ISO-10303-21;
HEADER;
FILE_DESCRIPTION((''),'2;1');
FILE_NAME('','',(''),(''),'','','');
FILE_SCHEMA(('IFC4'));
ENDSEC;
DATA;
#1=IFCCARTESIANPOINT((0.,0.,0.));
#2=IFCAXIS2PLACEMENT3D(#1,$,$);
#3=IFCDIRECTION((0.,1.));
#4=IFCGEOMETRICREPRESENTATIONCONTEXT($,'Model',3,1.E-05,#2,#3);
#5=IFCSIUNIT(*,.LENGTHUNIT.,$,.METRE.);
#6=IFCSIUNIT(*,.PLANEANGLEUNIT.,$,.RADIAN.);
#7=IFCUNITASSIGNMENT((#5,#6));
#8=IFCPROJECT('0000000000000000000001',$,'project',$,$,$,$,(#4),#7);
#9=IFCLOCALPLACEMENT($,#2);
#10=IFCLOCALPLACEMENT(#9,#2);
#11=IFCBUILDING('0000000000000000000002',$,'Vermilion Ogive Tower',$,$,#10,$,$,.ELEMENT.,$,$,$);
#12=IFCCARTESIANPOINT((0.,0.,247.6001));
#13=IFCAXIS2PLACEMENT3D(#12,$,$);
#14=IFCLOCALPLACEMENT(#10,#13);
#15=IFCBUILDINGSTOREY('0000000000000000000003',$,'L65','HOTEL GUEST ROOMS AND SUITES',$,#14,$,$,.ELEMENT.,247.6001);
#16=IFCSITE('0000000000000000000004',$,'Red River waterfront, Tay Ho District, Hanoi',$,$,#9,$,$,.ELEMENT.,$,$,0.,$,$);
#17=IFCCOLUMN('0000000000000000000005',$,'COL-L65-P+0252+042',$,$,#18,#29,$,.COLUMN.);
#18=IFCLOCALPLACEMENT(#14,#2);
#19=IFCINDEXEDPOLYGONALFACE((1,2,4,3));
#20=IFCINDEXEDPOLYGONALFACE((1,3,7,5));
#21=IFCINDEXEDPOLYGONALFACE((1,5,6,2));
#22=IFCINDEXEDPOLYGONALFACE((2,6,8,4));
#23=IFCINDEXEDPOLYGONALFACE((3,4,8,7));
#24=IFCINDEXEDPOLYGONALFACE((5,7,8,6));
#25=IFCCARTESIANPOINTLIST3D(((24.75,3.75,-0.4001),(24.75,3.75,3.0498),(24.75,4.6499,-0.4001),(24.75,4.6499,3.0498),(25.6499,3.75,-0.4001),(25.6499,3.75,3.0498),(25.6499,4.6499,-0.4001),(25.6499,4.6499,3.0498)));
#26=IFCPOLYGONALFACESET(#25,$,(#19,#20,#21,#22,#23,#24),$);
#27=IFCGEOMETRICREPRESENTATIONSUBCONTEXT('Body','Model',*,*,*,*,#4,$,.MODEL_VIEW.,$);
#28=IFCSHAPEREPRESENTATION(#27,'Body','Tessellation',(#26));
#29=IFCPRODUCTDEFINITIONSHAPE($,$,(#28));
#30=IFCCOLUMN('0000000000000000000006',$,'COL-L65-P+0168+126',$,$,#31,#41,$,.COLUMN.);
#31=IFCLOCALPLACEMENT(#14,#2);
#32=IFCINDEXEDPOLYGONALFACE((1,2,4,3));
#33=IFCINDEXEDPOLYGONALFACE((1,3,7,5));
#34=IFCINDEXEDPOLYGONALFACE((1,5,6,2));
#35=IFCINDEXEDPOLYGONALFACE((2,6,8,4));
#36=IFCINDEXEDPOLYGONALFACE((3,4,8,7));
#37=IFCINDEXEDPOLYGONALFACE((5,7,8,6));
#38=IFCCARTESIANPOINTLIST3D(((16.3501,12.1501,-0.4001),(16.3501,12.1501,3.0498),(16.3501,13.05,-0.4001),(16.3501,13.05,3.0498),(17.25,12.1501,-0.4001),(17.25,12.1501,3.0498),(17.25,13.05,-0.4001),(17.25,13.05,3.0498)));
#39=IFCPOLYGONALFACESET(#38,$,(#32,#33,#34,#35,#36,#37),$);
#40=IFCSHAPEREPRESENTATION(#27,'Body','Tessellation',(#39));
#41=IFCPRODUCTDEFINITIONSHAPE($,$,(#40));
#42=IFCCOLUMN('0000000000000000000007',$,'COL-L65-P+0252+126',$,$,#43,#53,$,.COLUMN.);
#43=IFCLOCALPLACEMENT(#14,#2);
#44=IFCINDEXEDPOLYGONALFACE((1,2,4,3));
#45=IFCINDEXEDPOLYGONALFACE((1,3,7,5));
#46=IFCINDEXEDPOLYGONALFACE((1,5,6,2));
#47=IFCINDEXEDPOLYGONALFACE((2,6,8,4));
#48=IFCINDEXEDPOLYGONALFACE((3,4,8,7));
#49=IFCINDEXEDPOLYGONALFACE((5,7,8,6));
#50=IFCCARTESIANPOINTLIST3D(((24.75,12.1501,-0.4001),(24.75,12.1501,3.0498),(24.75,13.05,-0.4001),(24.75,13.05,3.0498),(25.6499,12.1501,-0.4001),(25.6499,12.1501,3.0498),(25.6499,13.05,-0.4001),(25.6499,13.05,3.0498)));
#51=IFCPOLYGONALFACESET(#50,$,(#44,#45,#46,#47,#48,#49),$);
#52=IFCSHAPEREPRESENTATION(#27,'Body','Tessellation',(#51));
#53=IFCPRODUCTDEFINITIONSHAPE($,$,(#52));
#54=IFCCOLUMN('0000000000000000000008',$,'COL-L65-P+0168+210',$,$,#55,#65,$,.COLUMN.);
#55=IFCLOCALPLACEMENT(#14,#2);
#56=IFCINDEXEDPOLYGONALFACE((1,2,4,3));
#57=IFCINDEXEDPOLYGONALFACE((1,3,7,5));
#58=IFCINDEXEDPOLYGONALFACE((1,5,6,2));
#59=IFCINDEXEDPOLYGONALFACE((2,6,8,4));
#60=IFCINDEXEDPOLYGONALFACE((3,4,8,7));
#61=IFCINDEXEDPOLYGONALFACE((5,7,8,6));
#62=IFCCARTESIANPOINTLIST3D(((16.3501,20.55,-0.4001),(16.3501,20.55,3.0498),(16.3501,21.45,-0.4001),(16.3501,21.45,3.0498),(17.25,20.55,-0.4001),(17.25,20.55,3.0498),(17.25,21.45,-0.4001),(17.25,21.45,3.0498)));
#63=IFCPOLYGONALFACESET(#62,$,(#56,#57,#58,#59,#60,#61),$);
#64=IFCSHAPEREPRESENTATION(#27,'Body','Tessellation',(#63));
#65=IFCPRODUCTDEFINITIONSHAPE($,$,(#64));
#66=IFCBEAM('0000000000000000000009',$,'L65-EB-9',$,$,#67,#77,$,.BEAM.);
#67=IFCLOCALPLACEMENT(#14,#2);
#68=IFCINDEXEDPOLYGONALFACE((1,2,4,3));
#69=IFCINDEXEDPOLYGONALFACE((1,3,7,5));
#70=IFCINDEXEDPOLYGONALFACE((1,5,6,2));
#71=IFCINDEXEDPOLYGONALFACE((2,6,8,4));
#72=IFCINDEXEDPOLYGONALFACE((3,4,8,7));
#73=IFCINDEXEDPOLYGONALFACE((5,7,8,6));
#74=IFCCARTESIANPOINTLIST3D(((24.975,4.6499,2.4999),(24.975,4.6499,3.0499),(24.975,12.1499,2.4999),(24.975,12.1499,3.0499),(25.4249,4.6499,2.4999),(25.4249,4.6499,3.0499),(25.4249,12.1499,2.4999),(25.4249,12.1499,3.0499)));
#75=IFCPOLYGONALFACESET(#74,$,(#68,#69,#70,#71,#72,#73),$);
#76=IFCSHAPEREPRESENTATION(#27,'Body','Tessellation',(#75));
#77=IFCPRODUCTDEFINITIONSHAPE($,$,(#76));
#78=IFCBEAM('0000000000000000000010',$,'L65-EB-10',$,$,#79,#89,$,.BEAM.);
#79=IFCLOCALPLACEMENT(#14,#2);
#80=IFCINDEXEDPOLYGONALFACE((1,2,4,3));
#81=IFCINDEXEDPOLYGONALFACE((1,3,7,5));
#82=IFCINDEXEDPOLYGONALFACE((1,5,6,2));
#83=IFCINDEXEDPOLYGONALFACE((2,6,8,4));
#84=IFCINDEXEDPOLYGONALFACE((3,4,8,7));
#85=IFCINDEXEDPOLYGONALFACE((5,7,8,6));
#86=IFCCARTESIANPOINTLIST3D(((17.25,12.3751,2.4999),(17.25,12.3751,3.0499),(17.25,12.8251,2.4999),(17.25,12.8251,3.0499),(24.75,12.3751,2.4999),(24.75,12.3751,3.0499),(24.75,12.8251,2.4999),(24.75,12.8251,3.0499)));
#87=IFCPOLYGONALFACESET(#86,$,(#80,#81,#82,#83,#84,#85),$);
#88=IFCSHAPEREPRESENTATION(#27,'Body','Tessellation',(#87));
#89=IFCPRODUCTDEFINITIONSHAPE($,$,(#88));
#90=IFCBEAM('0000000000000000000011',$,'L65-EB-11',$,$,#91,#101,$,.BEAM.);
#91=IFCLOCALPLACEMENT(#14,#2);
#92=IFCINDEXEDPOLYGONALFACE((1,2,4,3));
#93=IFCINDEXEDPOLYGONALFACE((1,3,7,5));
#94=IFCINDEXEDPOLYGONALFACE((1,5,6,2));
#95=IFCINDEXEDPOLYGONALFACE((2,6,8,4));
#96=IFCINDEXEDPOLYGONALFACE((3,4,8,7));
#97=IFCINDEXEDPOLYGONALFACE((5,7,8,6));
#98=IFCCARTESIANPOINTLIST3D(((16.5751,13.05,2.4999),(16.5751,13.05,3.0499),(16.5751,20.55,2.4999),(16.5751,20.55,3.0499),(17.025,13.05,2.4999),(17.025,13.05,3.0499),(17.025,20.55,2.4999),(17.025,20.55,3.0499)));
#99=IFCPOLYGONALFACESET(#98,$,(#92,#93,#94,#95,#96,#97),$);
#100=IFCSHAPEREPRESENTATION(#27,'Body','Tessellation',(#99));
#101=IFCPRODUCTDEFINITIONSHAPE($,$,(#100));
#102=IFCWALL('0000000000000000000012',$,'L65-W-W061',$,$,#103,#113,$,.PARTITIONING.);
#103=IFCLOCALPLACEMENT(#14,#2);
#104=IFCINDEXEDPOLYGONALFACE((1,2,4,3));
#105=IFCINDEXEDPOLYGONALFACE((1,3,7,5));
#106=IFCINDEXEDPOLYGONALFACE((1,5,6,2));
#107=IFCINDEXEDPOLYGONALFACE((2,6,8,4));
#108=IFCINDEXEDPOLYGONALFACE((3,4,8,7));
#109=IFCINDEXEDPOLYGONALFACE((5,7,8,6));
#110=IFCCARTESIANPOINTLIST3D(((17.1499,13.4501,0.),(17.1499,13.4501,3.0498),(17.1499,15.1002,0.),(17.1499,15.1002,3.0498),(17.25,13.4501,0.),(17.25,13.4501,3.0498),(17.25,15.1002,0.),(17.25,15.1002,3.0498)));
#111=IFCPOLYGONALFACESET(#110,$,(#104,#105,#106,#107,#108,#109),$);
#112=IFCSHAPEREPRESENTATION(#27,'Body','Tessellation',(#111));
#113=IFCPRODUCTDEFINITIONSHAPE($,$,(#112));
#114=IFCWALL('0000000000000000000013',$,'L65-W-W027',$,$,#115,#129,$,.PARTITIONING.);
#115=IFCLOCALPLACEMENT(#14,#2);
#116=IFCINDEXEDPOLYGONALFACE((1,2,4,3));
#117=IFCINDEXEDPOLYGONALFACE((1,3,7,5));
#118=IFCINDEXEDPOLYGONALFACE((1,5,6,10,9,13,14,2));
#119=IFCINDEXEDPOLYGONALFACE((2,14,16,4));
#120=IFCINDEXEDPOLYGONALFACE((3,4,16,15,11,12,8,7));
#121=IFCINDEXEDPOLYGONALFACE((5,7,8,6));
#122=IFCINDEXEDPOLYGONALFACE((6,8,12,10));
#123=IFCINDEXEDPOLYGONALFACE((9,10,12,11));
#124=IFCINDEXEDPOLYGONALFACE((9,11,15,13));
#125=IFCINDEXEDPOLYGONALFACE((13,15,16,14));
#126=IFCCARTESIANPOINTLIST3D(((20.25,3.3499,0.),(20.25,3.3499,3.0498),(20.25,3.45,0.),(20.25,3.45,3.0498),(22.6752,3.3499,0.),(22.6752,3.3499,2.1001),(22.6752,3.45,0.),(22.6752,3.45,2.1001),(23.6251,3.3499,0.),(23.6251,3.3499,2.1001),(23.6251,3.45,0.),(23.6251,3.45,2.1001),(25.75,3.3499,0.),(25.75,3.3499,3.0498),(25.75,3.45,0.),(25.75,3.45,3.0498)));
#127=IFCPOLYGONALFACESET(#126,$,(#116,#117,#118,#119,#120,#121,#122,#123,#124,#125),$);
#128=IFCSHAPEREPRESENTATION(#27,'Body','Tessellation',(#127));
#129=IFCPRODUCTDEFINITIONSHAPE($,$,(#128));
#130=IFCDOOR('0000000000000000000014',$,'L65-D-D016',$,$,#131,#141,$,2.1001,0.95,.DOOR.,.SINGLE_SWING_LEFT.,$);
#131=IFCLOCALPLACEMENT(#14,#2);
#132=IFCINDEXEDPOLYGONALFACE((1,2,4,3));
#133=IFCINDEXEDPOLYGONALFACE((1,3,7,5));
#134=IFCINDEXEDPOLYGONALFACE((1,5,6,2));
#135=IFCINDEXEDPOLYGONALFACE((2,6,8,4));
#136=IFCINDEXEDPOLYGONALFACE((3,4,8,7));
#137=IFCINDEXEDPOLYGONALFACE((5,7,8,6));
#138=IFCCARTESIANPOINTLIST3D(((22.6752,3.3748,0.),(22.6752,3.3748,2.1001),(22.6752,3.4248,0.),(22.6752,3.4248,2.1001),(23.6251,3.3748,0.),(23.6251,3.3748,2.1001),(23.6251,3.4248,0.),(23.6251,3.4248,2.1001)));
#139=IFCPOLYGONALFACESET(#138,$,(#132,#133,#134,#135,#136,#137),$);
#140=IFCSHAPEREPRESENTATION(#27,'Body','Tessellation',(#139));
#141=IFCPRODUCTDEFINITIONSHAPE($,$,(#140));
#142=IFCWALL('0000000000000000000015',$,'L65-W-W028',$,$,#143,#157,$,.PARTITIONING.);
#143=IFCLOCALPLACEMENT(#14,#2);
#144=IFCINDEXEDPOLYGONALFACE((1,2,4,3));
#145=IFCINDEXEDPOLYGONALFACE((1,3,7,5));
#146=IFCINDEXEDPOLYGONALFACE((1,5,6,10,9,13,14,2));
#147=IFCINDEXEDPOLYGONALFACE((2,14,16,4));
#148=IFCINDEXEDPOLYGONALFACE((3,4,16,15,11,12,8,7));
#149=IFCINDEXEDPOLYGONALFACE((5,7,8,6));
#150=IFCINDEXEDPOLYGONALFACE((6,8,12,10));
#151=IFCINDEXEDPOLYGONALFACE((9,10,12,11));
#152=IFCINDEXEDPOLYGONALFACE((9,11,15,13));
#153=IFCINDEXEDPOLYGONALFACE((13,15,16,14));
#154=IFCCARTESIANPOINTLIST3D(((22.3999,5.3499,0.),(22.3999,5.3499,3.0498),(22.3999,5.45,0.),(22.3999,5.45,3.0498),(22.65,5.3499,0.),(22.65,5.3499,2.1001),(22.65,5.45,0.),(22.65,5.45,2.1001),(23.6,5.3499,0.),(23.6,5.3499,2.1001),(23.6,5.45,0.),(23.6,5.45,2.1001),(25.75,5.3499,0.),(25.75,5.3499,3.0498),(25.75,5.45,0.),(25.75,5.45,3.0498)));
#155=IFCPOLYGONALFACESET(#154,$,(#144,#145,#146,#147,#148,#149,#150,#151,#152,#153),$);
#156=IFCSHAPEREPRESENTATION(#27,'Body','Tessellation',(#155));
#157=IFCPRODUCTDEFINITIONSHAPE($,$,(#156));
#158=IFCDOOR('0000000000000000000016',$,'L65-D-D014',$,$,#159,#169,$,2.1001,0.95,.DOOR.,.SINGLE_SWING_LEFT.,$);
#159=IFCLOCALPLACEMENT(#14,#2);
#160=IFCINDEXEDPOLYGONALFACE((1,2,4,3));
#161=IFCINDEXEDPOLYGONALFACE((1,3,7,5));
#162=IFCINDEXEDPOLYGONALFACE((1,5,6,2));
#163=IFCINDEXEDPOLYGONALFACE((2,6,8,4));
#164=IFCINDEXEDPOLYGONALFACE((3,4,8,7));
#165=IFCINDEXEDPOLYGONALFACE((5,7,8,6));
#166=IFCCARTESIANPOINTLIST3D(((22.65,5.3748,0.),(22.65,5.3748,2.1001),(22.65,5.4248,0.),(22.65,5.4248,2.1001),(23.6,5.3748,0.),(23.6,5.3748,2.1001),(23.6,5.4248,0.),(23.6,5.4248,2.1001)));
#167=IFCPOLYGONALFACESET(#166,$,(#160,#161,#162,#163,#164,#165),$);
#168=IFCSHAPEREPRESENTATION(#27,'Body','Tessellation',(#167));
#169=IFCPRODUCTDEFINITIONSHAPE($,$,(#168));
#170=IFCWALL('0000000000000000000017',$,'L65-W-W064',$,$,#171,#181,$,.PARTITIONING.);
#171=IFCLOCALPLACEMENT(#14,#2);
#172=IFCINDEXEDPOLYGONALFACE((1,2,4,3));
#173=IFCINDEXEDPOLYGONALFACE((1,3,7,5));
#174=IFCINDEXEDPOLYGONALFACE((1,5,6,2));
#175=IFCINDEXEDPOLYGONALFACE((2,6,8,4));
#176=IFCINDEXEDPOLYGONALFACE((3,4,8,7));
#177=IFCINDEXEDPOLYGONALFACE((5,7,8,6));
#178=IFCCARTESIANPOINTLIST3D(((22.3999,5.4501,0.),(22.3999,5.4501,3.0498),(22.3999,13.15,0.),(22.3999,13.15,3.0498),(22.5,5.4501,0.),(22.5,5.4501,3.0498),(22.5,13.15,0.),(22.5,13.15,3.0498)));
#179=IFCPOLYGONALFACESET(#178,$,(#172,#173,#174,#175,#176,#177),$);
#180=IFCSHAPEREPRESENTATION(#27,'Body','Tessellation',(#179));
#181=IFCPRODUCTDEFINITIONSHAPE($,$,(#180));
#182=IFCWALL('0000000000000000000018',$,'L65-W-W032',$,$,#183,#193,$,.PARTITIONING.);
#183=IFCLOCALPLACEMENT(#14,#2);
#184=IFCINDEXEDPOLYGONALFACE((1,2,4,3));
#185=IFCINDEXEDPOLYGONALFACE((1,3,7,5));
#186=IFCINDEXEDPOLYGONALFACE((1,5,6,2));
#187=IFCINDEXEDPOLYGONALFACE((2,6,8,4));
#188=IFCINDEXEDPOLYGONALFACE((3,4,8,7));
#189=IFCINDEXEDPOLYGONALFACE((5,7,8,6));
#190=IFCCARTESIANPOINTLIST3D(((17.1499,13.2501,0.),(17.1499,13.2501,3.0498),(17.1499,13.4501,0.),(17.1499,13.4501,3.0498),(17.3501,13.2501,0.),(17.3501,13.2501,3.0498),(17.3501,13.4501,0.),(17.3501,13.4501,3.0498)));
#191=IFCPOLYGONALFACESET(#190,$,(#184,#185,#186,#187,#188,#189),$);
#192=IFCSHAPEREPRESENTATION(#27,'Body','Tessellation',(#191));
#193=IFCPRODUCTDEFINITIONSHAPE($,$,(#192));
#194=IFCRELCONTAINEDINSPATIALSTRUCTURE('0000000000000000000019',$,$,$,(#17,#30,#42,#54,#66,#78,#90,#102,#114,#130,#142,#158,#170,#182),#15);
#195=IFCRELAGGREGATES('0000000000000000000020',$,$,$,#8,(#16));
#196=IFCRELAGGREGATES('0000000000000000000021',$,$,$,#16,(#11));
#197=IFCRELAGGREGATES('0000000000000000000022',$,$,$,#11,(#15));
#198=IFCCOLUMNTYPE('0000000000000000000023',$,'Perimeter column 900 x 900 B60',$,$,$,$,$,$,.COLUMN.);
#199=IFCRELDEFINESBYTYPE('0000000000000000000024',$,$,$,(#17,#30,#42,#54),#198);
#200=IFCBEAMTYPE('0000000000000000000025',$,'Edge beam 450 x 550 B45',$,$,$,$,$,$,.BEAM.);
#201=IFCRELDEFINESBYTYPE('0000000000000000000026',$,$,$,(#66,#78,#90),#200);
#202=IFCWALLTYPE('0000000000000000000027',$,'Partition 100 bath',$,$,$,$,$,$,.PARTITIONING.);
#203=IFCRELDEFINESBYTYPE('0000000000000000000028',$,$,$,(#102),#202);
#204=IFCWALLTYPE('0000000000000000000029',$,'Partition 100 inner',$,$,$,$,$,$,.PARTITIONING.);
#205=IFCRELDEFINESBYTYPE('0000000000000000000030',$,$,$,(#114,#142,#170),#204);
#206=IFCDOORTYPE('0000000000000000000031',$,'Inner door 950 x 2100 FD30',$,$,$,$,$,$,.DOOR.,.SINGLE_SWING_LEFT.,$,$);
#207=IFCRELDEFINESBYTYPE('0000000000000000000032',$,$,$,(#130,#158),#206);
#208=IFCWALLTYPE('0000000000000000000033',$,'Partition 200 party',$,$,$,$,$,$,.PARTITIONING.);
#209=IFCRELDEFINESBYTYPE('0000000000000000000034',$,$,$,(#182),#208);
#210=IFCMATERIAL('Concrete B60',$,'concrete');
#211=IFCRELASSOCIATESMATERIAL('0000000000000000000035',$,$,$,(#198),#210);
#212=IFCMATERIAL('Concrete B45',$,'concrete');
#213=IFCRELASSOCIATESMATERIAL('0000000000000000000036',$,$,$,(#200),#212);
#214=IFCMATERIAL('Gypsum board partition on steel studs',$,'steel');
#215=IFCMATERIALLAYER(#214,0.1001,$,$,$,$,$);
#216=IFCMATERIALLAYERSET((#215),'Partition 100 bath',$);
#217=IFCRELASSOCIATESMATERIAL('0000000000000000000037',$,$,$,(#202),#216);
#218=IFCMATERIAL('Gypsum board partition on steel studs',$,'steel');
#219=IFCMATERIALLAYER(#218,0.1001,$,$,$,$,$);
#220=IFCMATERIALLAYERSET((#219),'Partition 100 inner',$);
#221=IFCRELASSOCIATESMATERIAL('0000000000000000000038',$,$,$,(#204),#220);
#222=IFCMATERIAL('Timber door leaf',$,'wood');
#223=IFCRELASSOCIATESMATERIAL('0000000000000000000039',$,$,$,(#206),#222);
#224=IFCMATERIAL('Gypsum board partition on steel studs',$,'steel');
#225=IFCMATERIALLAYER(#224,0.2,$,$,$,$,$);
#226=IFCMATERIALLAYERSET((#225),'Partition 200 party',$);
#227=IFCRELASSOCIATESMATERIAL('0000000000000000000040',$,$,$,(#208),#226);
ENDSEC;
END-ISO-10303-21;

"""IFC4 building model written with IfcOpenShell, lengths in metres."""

from ifc_helpers import new_model, si_unit, direction, frame, frame_2d, origin, origin_2d, place, context, subcontext, project, spatial, rectangle, extrude, material, layer, layer_set, material_profile, profile_set, type_object, element, fill, save


model = new_model("IFC4")

# Units and contexts
model_context = context("Model", 3, precision=1e-05, world=origin(), true_north=direction((0.0, 1.0)))
body_context = subcontext(model_context, "Body", "Model", "MODEL_VIEW")
ifc_project = project(units=[si_unit("LENGTHUNIT", "METRE"), si_unit("PLANEANGLEUNIT", "RADIAN")], contexts=[model_context])

# Site, building, storey
site_placement = place(None, origin())
site = spatial("IfcSite", under=ifc_project, at=site_placement, Name="Red River waterfront, Tay Ho District, Hanoi", CompositionType="ELEMENT", RefElevation=0.0)
building_placement = place(site_placement, origin())
building = spatial("IfcBuilding", under=site, at=building_placement, Name="Vermilion Ogive Tower", CompositionType="ELEMENT")
storey_placement = place(building_placement, frame((0.0, 0.0, 247.6001)))
storey = spatial("IfcBuildingStorey", under=building, at=storey_placement, Name="L65", Description="HOTEL GUEST ROOMS AND SUITES", CompositionType="ELEMENT", Elevation=247.6001)

# Columns
ifc_material_1 = material(Name="Concrete B60", Category="concrete")
ifc_material_profile_1 = material_profile(ifc_material_1, rectangle(XDim=0.8999, YDim=0.8999, at=origin_2d()), Name="900 x 900")
ifc_profile_set_1 = profile_set([ifc_material_profile_1], Name="Concrete B60")
column_type = type_object("IfcColumnType", Name="Perimeter column 900 x 900 B60", PredefinedType="COLUMN", material=ifc_profile_set_1)
for number, where, z_axis, x_axis, name in (
    (1, (25.2, 4.2, -0.4001), (0.0, 0.0, 1.0), (1.0, 0.0, 0.0), "COL-L65-P+0252+042"),
    (2, (16.8, 12.6001, -0.4001), (0.0, 0.0, 1.0), (1.0, 0.0, 0.0), "COL-L65-P+0168+126"),
    (3, (25.2, 12.6001, -0.4001), (0.0, 0.0, 1.0), (1.0, 0.0, 0.0), "COL-L65-P+0252+126"),
    (4, (16.8, 21.0, -0.4001), (0.0, 0.0, 1.0), (1.0, 0.0, 0.0), "COL-L65-P+0168+210"),
):
    element("IfcColumn", number, at=place(storey_placement, frame(where, z_axis=z_axis, x_axis=x_axis)), inside=storey, type_object=column_type, Name=name, PredefinedType="COLUMN", context=body_context, shape_type="SweptSolid", body=[
        extrude(rectangle(XDim=0.8999, YDim=0.8999, at=origin_2d()), origin(), (0.0, 0.0, 1.0), 3.45),
    ])

# Beams
ifc_material_2 = material(Name="Concrete B45", Category="concrete")
ifc_material_profile_2 = material_profile(ifc_material_2, rectangle(XDim=0.45, YDim=0.55, at=origin_2d()), Name="450 x 550")
ifc_profile_set_2 = profile_set([ifc_material_profile_2], Name="Concrete B45")
beam_type = type_object("IfcBeamType", Name="Edge beam 450 x 550 B45", PredefinedType="BEAM", material=ifc_profile_set_2)
for number, where, z_axis, x_axis, name in (
    (5, (25.2, 4.6499, 2.7749), (0.0, 1.0, 0.0), (-1.0, 0.0, 0.0), "L65-EB-9"),
    (6, (24.75, 12.6001, 2.7749), (-1.0, 0.0, 0.0), (0.0, -1.0, 0.0), "L65-EB-10"),
    (7, (16.8, 13.05, 2.7749), (0.0, 1.0, 0.0), (-1.0, 0.0, 0.0), "L65-EB-11"),
):
    element("IfcBeam", number, at=place(storey_placement, frame(where, z_axis=z_axis, x_axis=x_axis)), inside=storey, type_object=beam_type, Name=name, PredefinedType="BEAM", context=body_context, shape_type="SweptSolid", body=[
        extrude(rectangle(XDim=0.45, YDim=0.55, at=origin_2d()), origin(), (0.0, 0.0, 1.0), 7.5),
    ])

# Wall
ifc_material_3 = material(Name="Gypsum board partition on steel studs", Category="steel")
ifc_layer_1 = layer(ifc_material_3, 0.1001)
ifc_layer_set_1 = layer_set([ifc_layer_1], Name="Partition 100 bath")
wall_type_1 = type_object("IfcWallType", Name="Partition 100 bath", PredefinedType="PARTITIONING", material=ifc_layer_set_1)
wall_1_placement = place(storey_placement, frame((17.2, 13.45, 0.0), z_axis=(0.0, 0.0, 1.0), x_axis=(0.0, 1.0, 0.0)))
element("IfcWall", 8, at=wall_1_placement, inside=storey, type_object=wall_type_1, Name="L65-W-W061", PredefinedType="PARTITIONING", context=body_context, shape_type="SweptSolid", body=[
    extrude(rectangle(XDim=1.6501, YDim=0.1001, at=frame_2d((0.8252, 0.0))), origin(), (0.0, 0.0, 1.0), 3.0498),
])

# Walls, openings, doors
ifc_material_4 = material(Name="Gypsum board partition on steel studs", Category="steel")
ifc_layer_2 = layer(ifc_material_4, 0.1001)
ifc_layer_set_2 = layer_set([ifc_layer_2], Name="Partition 100 inner")
wall_type_2 = type_object("IfcWallType", Name="Partition 100 inner", PredefinedType="PARTITIONING", material=ifc_layer_set_2)
wall_2_placement = place(storey_placement, frame((20.25, 3.3999, 0.0), z_axis=(0.0, 0.0, 1.0), x_axis=(1.0, 0.0, 0.0)))
wall_2 = element("IfcWall", 9, at=wall_2_placement, inside=storey, type_object=wall_type_2, Name="L65-W-W027", PredefinedType="PARTITIONING", context=body_context, shape_type="SweptSolid", body=[
    extrude(rectangle(XDim=5.5, YDim=0.1001, at=frame_2d((2.75, 0.0))), origin(), (0.0, 0.0, 1.0), 3.0498),
])
opening_1_placement = place(wall_2_placement, frame((2.425, 0.0, 0.0)))
opening_1 = element("IfcOpeningElement", 10, at=opening_1_placement, cuts=wall_2, PredefinedType="OPENING", context=body_context, shape_type="SweptSolid", body=[
    extrude(rectangle(XDim=0.95, YDim=2.1001, at=frame_2d((0.4751, 1.05))), frame((0.0, 0.0601, 0.0), z_axis=(0.0, -1.0, 0.0), x_axis=(1.0, 0.0, 0.0)), (0.0, 0.0, 1.0), 0.1201),
])
ifc_material_5 = material(Name="Timber door leaf", Category="wood")
door_type_1 = type_object("IfcDoorType", Name="Inner door 950 x 2100 FD30", OperationType="SINGLE_SWING_LEFT", PredefinedType="DOOR", material=ifc_material_5)
door_1_placement = place(opening_1_placement, origin())
door_1 = element("IfcDoor", 11, at=door_1_placement, inside=storey, type_object=door_type_1, Name="L65-D-D016", OperationType="SINGLE_SWING_LEFT", OverallHeight=2.1001, OverallWidth=0.95, PredefinedType="DOOR", context=body_context, shape_type="SweptSolid", body=[
    extrude(rectangle(XDim=0.95, YDim=2.1001, at=frame_2d((0.4751, 1.05))), frame((0.0, 0.0249, 0.0), z_axis=(0.0, -1.0, 0.0), x_axis=(1.0, 0.0, 0.0)), (0.0, 0.0, 1.0), 0.05),
])
fill(opening_1, door_1)
wall_3_placement = place(storey_placement, frame((22.3999, 5.3999, 0.0), z_axis=(0.0, 0.0, 1.0), x_axis=(1.0, 0.0, 0.0)))
wall_3 = element("IfcWall", 12, at=wall_3_placement, inside=storey, type_object=wall_type_2, Name="L65-W-W028", PredefinedType="PARTITIONING", context=body_context, shape_type="SweptSolid", body=[
    extrude(rectangle(XDim=3.3501, YDim=0.1001, at=frame_2d((1.675, 0.0))), origin(), (0.0, 0.0, 1.0), 3.0498),
])
opening_2_placement = place(wall_3_placement, frame((0.25, 0.0, 0.0)))
opening_2 = element("IfcOpeningElement", 13, at=opening_2_placement, cuts=wall_3, PredefinedType="OPENING", context=body_context, shape_type="SweptSolid", body=[
    extrude(rectangle(XDim=0.95, YDim=2.1001, at=frame_2d((0.4751, 1.05))), frame((0.0, 0.0601, 0.0), z_axis=(0.0, -1.0, 0.0), x_axis=(1.0, 0.0, 0.0)), (0.0, 0.0, 1.0), 0.1201),
])
door_2_placement = place(opening_2_placement, origin())
door_2 = element("IfcDoor", 14, at=door_2_placement, inside=storey, type_object=door_type_1, Name="L65-D-D014", OperationType="SINGLE_SWING_LEFT", OverallHeight=2.1001, OverallWidth=0.95, PredefinedType="DOOR", context=body_context, shape_type="SweptSolid", body=[
    extrude(rectangle(XDim=0.95, YDim=2.1001, at=frame_2d((0.4751, 1.05))), frame((0.0, 0.0249, 0.0), z_axis=(0.0, -1.0, 0.0), x_axis=(1.0, 0.0, 0.0)), (0.0, 0.0, 1.0), 0.05),
])
fill(opening_2, door_2)

# Walls
wall_4_placement = place(storey_placement, frame((22.45, 5.45, 0.0), z_axis=(0.0, 0.0, 1.0), x_axis=(0.0, 1.0, 0.0)))
element("IfcWall", 15, at=wall_4_placement, inside=storey, type_object=wall_type_2, Name="L65-W-W064", PredefinedType="PARTITIONING", context=body_context, shape_type="SweptSolid", body=[
    extrude(rectangle(XDim=7.7, YDim=0.1001, at=frame_2d((3.8501, 0.0))), origin(), (0.0, 0.0, 1.0), 3.0498),
])
ifc_material_6 = material(Name="Gypsum board partition on steel studs", Category="steel")
ifc_layer_3 = layer(ifc_material_6, 0.2)
ifc_layer_set_3 = layer_set([ifc_layer_3], Name="Partition 200 party")
wall_type_3 = type_object("IfcWallType", Name="Partition 200 party", PredefinedType="PARTITIONING", material=ifc_layer_set_3)
wall_5_placement = place(storey_placement, frame((17.1499, 13.3501, 0.0), z_axis=(0.0, 0.0, 1.0), x_axis=(1.0, 0.0, 0.0)))
element("IfcWall", 16, at=wall_5_placement, inside=storey, type_object=wall_type_3, Name="L65-W-W032", PredefinedType="PARTITIONING", context=body_context, shape_type="SweptSolid", body=[
    extrude(rectangle(XDim=0.2002, YDim=0.2, at=frame_2d((0.1001, 0.0))), origin(), (0.0, 0.0, 1.0), 3.0498),
])

save(model, "model.ifc")
